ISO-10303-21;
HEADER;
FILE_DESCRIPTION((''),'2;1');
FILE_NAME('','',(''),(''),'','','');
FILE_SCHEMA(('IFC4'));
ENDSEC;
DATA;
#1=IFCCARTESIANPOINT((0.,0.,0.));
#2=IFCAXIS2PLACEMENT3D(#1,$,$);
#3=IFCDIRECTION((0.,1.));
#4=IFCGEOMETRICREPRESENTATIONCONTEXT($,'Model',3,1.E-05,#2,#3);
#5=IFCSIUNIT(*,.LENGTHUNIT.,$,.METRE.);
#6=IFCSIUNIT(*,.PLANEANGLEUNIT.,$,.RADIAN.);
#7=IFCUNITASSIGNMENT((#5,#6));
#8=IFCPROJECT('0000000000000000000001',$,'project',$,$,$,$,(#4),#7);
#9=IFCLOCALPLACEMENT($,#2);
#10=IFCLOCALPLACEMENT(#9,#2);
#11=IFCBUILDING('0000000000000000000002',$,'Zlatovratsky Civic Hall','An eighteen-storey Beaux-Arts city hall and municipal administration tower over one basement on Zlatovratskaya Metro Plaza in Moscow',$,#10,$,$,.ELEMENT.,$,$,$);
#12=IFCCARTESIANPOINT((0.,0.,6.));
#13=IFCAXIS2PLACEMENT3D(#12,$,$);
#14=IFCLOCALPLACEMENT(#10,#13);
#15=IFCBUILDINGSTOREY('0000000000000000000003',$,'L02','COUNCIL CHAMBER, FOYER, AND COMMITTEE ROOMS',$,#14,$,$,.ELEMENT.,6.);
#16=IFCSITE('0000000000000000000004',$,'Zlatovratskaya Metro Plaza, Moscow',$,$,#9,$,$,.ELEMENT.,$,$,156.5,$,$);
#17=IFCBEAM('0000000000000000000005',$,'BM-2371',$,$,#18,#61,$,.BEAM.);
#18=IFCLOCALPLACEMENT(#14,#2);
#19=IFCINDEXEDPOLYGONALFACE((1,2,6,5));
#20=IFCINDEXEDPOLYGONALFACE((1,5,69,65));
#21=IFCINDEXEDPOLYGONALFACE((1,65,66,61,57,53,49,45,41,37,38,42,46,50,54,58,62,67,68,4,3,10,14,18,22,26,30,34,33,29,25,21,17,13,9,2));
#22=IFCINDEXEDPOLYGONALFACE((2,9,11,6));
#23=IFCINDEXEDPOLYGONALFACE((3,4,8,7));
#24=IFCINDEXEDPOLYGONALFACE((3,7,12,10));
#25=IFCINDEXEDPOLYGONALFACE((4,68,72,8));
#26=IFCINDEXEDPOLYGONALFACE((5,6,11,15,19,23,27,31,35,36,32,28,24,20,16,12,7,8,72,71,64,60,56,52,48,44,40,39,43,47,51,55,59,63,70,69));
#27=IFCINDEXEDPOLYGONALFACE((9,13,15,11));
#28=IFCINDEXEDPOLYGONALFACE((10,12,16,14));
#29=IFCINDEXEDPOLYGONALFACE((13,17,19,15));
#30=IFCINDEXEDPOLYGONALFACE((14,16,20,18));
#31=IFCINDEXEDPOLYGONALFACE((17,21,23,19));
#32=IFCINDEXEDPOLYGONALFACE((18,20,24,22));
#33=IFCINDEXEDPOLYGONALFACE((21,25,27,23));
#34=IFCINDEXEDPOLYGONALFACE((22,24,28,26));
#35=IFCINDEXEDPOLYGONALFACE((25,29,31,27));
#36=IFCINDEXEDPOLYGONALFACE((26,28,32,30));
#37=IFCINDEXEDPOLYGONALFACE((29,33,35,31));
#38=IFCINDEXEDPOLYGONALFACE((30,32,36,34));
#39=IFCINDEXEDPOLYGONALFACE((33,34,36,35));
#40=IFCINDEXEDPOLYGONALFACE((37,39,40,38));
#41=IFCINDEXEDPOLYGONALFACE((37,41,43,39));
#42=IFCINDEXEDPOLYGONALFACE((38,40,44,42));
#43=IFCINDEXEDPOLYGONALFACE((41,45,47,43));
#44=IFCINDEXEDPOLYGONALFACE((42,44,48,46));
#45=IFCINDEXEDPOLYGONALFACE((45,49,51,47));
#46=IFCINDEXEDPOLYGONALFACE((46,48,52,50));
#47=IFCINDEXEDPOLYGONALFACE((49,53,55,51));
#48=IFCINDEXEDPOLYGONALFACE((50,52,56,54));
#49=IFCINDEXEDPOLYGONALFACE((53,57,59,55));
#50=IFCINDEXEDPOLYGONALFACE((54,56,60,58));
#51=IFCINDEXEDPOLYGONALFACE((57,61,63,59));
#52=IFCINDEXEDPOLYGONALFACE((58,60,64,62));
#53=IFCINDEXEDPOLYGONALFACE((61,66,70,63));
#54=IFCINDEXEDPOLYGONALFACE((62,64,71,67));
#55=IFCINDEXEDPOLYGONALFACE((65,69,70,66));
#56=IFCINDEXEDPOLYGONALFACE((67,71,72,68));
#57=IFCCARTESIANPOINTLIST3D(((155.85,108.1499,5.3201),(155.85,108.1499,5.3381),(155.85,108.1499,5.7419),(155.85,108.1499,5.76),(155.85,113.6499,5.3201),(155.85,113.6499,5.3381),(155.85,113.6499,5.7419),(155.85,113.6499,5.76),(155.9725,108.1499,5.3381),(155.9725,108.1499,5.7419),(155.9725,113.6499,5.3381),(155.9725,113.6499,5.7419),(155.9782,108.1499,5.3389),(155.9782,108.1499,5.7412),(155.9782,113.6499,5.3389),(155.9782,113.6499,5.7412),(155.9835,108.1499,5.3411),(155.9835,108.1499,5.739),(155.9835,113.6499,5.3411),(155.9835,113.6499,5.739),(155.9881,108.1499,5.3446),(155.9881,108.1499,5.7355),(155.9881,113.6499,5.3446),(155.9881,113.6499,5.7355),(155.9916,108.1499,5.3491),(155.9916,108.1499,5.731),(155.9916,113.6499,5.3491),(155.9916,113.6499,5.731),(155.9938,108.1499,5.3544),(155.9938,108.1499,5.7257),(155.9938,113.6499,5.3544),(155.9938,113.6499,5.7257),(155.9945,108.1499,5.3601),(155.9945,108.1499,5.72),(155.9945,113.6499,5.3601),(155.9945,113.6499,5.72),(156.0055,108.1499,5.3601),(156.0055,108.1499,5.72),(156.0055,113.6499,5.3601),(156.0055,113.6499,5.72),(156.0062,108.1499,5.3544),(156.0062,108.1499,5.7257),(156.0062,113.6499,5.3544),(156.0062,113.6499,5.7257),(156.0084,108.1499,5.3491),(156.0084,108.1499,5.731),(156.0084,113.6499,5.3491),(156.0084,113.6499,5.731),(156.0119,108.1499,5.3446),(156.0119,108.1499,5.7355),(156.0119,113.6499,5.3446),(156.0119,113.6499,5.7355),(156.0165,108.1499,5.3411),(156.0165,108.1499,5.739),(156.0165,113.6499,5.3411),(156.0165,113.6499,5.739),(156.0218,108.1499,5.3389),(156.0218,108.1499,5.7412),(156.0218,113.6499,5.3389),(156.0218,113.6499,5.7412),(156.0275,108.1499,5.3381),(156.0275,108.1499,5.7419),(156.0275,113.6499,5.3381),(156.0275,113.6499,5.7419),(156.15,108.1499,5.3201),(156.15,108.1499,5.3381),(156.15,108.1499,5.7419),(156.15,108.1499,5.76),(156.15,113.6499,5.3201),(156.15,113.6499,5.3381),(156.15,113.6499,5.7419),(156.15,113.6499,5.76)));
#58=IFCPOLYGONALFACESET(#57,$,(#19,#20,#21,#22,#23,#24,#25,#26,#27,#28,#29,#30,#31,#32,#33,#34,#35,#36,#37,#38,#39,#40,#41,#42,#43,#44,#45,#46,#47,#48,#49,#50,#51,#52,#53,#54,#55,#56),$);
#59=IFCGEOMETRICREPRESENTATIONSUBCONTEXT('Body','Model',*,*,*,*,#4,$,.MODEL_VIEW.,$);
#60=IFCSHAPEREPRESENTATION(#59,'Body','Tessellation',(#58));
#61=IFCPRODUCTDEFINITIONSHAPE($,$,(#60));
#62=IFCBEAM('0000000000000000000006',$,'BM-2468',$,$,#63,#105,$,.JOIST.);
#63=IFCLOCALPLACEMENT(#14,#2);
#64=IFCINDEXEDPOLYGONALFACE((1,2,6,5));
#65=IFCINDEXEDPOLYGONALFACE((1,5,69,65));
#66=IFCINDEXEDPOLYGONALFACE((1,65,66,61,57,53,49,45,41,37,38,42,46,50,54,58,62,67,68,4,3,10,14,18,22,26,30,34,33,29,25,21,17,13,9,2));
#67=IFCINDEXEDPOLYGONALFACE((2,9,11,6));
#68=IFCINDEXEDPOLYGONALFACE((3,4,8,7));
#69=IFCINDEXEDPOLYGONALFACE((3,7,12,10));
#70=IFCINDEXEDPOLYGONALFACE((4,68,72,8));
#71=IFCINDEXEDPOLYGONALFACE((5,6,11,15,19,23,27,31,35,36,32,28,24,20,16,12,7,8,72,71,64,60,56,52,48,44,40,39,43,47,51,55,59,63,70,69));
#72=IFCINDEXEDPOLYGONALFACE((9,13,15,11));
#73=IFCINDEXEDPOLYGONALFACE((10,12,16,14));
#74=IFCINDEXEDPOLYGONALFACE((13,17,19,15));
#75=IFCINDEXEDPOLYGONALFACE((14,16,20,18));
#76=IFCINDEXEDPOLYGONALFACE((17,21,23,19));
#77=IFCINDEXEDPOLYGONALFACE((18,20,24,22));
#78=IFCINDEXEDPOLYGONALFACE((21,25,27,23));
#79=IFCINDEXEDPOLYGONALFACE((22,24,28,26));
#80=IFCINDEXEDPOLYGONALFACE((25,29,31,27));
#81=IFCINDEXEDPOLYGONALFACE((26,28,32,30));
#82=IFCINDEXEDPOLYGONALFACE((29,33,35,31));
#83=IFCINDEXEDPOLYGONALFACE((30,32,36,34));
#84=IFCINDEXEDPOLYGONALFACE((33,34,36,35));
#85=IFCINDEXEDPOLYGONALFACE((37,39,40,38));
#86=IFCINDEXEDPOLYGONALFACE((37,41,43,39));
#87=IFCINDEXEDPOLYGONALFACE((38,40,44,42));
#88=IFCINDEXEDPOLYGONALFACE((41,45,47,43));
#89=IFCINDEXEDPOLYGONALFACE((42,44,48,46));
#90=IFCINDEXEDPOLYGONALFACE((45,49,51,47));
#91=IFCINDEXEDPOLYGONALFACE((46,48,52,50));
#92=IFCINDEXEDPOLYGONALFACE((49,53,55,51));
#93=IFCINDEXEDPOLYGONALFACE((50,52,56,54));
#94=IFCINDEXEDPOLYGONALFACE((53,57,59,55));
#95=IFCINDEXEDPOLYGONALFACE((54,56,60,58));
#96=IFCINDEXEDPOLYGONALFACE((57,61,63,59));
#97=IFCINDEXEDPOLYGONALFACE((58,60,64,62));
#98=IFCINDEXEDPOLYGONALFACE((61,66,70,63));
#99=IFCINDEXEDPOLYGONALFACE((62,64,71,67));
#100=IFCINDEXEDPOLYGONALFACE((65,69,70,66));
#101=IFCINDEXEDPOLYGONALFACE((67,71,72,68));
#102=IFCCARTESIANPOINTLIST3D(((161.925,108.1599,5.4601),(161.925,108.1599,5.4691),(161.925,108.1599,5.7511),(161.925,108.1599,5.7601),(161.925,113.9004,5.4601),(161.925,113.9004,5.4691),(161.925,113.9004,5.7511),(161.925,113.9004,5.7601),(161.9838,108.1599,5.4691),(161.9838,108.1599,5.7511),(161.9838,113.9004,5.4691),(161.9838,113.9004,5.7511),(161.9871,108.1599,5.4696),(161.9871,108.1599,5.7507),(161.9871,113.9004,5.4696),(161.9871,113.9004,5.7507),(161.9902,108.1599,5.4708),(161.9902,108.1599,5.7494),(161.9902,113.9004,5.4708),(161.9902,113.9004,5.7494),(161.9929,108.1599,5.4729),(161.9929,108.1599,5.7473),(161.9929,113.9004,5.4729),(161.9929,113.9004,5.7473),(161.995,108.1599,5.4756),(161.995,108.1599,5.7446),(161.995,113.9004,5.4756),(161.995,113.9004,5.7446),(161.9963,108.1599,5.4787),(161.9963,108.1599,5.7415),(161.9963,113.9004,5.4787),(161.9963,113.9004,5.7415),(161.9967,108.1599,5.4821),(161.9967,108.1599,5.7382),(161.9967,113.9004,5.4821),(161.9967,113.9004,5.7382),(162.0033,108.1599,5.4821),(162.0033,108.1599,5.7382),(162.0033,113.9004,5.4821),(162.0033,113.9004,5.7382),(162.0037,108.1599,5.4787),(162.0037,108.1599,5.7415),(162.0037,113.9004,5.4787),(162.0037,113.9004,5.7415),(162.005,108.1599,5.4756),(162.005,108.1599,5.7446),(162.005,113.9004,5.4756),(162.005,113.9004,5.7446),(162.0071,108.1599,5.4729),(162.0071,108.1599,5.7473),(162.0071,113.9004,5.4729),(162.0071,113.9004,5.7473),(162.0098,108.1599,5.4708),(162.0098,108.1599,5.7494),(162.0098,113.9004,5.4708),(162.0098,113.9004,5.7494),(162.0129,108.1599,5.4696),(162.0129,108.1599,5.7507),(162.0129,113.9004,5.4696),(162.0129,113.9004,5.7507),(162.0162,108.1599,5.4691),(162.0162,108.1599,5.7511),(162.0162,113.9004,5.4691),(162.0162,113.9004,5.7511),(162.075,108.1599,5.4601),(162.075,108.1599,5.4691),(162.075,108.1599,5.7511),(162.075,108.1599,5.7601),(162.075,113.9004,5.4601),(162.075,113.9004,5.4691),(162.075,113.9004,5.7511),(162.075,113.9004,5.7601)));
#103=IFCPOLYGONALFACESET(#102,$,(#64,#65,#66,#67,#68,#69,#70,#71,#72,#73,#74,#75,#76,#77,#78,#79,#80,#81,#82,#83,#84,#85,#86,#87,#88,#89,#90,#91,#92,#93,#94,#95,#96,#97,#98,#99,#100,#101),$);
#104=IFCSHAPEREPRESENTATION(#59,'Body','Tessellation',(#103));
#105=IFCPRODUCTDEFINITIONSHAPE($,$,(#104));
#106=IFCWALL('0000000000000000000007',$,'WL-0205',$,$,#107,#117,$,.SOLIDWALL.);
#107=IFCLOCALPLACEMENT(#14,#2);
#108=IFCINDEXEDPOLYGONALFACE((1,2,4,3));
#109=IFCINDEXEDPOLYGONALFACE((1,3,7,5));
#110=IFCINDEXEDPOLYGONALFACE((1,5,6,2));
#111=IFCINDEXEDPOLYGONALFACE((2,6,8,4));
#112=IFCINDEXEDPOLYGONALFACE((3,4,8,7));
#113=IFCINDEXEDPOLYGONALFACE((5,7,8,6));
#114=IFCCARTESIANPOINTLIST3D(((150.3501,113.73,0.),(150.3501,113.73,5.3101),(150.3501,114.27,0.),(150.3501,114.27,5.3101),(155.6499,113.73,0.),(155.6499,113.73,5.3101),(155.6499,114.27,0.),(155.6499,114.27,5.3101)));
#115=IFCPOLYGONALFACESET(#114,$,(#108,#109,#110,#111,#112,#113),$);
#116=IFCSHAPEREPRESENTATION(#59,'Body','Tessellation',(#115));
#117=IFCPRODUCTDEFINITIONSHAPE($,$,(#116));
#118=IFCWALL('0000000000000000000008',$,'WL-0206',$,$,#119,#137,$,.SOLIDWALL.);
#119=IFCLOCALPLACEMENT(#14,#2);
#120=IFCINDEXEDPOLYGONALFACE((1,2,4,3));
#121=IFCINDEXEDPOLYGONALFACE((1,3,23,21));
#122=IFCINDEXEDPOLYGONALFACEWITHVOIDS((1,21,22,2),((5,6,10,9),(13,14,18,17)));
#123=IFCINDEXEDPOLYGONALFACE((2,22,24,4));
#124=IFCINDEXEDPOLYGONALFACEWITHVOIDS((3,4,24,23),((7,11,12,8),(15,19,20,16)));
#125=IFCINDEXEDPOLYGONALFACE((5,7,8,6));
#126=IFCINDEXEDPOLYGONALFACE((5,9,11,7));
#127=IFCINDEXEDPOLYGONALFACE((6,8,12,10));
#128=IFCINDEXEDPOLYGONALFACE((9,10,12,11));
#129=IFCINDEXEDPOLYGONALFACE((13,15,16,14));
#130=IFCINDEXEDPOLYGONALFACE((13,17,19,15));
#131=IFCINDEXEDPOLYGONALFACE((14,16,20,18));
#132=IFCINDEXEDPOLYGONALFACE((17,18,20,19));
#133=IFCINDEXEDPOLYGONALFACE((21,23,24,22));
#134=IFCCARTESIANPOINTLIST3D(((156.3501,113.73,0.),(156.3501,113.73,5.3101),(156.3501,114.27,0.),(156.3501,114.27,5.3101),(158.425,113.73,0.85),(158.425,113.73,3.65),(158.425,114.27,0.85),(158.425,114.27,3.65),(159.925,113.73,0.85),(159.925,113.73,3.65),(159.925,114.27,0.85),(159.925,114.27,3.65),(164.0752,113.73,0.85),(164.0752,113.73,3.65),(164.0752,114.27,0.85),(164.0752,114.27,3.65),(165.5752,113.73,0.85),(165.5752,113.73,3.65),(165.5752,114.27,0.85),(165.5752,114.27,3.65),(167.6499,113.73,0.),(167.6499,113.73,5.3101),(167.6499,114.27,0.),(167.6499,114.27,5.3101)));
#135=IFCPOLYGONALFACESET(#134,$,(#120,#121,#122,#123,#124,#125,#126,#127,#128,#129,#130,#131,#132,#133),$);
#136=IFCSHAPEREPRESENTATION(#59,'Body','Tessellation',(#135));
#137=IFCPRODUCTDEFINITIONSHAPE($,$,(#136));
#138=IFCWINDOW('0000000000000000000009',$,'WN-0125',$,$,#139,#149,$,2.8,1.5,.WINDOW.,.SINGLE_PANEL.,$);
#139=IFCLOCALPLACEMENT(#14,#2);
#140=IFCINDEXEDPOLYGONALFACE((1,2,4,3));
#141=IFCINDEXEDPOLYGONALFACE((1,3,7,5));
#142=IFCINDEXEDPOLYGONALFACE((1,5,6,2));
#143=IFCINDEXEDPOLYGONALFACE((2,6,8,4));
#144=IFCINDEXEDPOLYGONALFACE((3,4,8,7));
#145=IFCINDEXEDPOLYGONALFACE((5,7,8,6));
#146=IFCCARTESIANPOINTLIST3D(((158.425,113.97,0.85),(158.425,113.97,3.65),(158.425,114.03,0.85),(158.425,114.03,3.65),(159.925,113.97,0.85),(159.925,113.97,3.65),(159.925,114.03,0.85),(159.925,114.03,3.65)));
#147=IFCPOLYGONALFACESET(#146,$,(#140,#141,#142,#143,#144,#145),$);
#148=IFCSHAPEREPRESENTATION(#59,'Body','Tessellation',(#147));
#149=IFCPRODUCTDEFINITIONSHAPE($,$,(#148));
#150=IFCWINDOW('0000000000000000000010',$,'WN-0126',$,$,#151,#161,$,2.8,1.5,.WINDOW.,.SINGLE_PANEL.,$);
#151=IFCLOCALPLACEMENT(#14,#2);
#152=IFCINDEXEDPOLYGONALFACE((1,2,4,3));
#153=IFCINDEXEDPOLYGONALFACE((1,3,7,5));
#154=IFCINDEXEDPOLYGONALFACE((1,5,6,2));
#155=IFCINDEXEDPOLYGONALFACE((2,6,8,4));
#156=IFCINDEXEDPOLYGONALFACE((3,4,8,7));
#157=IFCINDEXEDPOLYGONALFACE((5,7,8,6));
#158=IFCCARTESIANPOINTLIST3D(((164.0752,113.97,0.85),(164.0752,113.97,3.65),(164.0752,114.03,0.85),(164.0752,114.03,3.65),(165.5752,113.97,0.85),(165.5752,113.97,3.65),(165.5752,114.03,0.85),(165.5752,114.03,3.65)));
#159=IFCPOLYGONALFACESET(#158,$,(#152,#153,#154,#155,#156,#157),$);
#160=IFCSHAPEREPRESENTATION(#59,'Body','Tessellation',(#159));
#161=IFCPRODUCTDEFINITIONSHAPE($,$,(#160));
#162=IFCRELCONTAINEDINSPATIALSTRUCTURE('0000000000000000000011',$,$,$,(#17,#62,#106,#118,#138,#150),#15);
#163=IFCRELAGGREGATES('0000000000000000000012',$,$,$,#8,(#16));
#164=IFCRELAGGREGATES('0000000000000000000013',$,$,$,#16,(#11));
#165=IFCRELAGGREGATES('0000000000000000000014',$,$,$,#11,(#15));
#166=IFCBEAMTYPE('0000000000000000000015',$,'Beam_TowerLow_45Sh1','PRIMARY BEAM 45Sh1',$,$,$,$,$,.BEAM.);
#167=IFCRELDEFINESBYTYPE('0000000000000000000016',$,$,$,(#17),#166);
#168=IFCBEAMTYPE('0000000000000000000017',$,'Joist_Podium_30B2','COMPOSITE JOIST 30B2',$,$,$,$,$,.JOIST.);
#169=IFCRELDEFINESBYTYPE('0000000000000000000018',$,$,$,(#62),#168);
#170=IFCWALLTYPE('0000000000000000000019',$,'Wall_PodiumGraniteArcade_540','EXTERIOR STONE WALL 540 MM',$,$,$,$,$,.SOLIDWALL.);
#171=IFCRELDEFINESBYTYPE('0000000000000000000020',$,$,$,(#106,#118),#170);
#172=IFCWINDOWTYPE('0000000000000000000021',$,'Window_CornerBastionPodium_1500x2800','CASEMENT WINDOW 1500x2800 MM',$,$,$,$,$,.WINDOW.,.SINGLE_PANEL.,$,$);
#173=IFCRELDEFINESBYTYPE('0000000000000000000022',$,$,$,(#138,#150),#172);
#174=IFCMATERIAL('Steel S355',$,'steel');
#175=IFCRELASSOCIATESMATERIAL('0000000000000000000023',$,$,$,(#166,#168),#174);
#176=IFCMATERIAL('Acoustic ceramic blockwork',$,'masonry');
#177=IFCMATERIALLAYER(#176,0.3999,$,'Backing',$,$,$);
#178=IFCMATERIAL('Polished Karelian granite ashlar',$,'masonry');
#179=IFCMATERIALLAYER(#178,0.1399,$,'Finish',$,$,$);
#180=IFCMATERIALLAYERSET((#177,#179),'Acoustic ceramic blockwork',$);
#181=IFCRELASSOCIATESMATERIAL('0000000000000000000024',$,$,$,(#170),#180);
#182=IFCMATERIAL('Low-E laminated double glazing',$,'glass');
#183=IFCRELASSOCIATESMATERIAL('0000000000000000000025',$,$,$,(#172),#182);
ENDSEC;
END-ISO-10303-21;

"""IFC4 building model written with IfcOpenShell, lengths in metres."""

from ifc_helpers import new_model, si_unit, direction, frame, frame_2d, origin, origin_2d, place, context, subcontext, project, spatial, rectangle, i_section, extrude, material, layer, layer_set, material_profile, profile_set, type_object, element, fill, save


model = new_model("IFC4")

# Units and contexts
model_context = context("Model", 3, precision=1e-05, world=origin(), true_north=direction((0.0, 1.0)))
body_context = subcontext(model_context, "Body", "Model", "MODEL_VIEW")
ifc_project = project(units=[si_unit("LENGTHUNIT", "METRE"), si_unit("PLANEANGLEUNIT", "RADIAN")], contexts=[model_context])

# Site, building, storey
site_placement = place(None, origin())
site = spatial("IfcSite", under=ifc_project, at=site_placement, Name="Zlatovratskaya Metro Plaza, Moscow", CompositionType="ELEMENT", RefElevation=156.5)
building_placement = place(site_placement, origin())
building = spatial("IfcBuilding", under=site, at=building_placement, Name="Zlatovratsky Civic Hall", Description="An eighteen-storey Beaux-Arts city hall and municipal administration tower over one basement on Zlatovratskaya Metro Plaza in Moscow", CompositionType="ELEMENT")
storey_placement = place(building_placement, frame((0.0, 0.0, 6.0)))
storey = spatial("IfcBuildingStorey", under=building, at=storey_placement, Name="L02", Description="COUNCIL CHAMBER, FOYER, AND COMMITTEE ROOMS", CompositionType="ELEMENT", Elevation=6.0)

# Shared definitions
ifc_material_1 = material(Name="Steel S355", Category="steel")

# Beams
ifc_material_profile_1 = material_profile(ifc_material_1, i_section(OverallWidth=0.3, OverallDepth=0.4399, WebThickness=0.011, FlangeThickness=0.0181, FilletRadius=0.022, at=origin_2d()), Name="45Sh1")
ifc_profile_set_1 = profile_set([ifc_material_profile_1], Name="Steel S355")
beam_type_1 = type_object("IfcBeamType", Name="Beam_TowerLow_45Sh1", Description="PRIMARY BEAM 45Sh1", PredefinedType="BEAM", material=ifc_profile_set_1)
beam_1_placement = place(storey_placement, frame((156.0, 108.1499, 5.54), z_axis=(0.0, 1.0, 0.0), x_axis=(-1.0, 0.0, 0.0)))
element("IfcBeam", 1, at=beam_1_placement, inside=storey, type_object=beam_type_1, Name="BM-2371", PredefinedType="BEAM", context=body_context, shape_type="SweptSolid", body=[
    extrude(i_section(OverallWidth=0.3, OverallDepth=0.4399, WebThickness=0.011, FlangeThickness=0.0181, FilletRadius=0.022, at=origin_2d()), origin(), (0.0, 0.0, 1.0), 5.5),
])
ifc_material_profile_2 = material_profile(ifc_material_1, i_section(OverallWidth=0.1499, OverallDepth=0.3, WebThickness=0.0066, FlangeThickness=0.009, FilletRadius=0.0129, at=origin_2d()), Name="30B2")
ifc_profile_set_2 = profile_set([ifc_material_profile_2], Name="Steel S355")
beam_type_2 = type_object("IfcBeamType", Name="Joist_Podium_30B2", Description="COMPOSITE JOIST 30B2", PredefinedType="JOIST", material=ifc_profile_set_2)
beam_2_placement = place(storey_placement, frame((162.0, 108.1599, 5.6101), z_axis=(0.0, 1.0, 0.0), x_axis=(-1.0, 0.0, 0.0)))
element("IfcBeam", 2, at=beam_2_placement, inside=storey, type_object=beam_type_2, Name="BM-2468", PredefinedType="JOIST", context=body_context, shape_type="SweptSolid", body=[
    extrude(i_section(OverallWidth=0.1499, OverallDepth=0.3, WebThickness=0.0066, FlangeThickness=0.009, FilletRadius=0.0129, at=origin_2d()), origin(), (0.0, 0.0, 1.0), 5.7405),
])

# Wall
ifc_material_2 = material(Name="Acoustic ceramic blockwork", Category="masonry")
ifc_layer_1 = layer(ifc_material_2, 0.3999, Name="Backing")
ifc_material_3 = material(Name="Polished Karelian granite ashlar", Category="masonry")
ifc_layer_2 = layer(ifc_material_3, 0.1399, Name="Finish")
ifc_layer_set = layer_set([ifc_layer_1, ifc_layer_2], Name="Acoustic ceramic blockwork")
wall_type = type_object("IfcWallType", Name="Wall_PodiumGraniteArcade_540", Description="EXTERIOR STONE WALL 540 MM", PredefinedType="SOLIDWALL", material=ifc_layer_set)
wall_1_placement = place(storey_placement, frame((150.3501, 114.0, 0.0), z_axis=(0.0, 0.0, 1.0), x_axis=(1.0, 0.0, 0.0)))
element("IfcWall", 3, at=wall_1_placement, inside=storey, type_object=wall_type, Name="WL-0205", PredefinedType="SOLIDWALL", context=body_context, shape_type="SweptSolid", body=[
    extrude(rectangle(XDim=5.2998, YDim=0.54, at=frame_2d((2.6499, 0.0))), origin(), (0.0, 0.0, 1.0), 5.3101),
])

# Wall, openings, windows
wall_2_placement = place(storey_placement, frame((156.3501, 114.0, 0.0), z_axis=(0.0, 0.0, 1.0), x_axis=(1.0, 0.0, 0.0)))
wall_2 = element("IfcWall", 4, at=wall_2_placement, inside=storey, type_object=wall_type, Name="WL-0206", PredefinedType="SOLIDWALL", context=body_context, shape_type="SweptSolid", body=[
    extrude(rectangle(XDim=11.2998, YDim=0.54, at=frame_2d((5.6499, 0.0))), origin(), (0.0, 0.0, 1.0), 5.3101),
])
opening_1_placement = place(wall_2_placement, frame((2.075, 0.0, 0.8501)))
opening_1 = element("IfcOpeningElement", 5, at=opening_1_placement, cuts=wall_2, PredefinedType="OPENING", context=body_context, shape_type="SweptSolid", body=[
    extrude(rectangle(XDim=1.5, YDim=2.8, at=frame_2d((0.75, 1.3999))), frame((0.0, 0.2849, 0.0), z_axis=(0.0, -1.0, 0.0), x_axis=(1.0, 0.0, 0.0)), (0.0, 0.0, 1.0), 0.5698),
])
opening_2_placement = place(wall_2_placement, frame((7.7251, 0.0, 0.8501)))
opening_2 = element("IfcOpeningElement", 6, at=opening_2_placement, cuts=wall_2, PredefinedType="OPENING", context=body_context, shape_type="SweptSolid", body=[
    extrude(rectangle(XDim=1.5, YDim=2.8, at=frame_2d((0.75, 1.3999))), frame((0.0, 0.2849, 0.0), z_axis=(0.0, -1.0, 0.0), x_axis=(1.0, 0.0, 0.0)), (0.0, 0.0, 1.0), 0.5698),
])
ifc_material_4 = material(Name="Low-E laminated double glazing", Category="glass")
window_type_1 = type_object("IfcWindowType", Name="Window_CornerBastionPodium_1500x2800", Description="CASEMENT WINDOW 1500x2800 MM", PartitioningType="SINGLE_PANEL", PredefinedType="WINDOW", material=ifc_material_4)
window_1_placement = place(opening_1_placement, origin())
window_1 = element("IfcWindow", 7, at=window_1_placement, inside=storey, type_object=window_type_1, Name="WN-0125", OverallHeight=2.8, OverallWidth=1.5, PartitioningType="SINGLE_PANEL", PredefinedType="WINDOW", context=body_context, shape_type="SweptSolid", body=[
    extrude(rectangle(XDim=1.5, YDim=2.8, at=frame_2d((0.75, 1.3999))), frame((0.0, 0.03, 0.0), z_axis=(0.0, -1.0, 0.0), x_axis=(1.0, 0.0, 0.0)), (0.0, 0.0, 1.0), 0.0601),
])
fill(opening_1, window_1)
window_2_placement = place(opening_2_placement, origin())
window_2 = element("IfcWindow", 8, at=window_2_placement, inside=storey, type_object=window_type_1, Name="WN-0126", OverallHeight=2.8, OverallWidth=1.5, PartitioningType="SINGLE_PANEL", PredefinedType="WINDOW", context=body_context, shape_type="SweptSolid", body=[
    extrude(rectangle(XDim=1.5, YDim=2.8, at=frame_2d((0.75, 1.3999))), frame((0.0, 0.03, 0.0), z_axis=(0.0, -1.0, 0.0), x_axis=(1.0, 0.0, 0.0)), (0.0, 0.0, 1.0), 0.0601),
])
fill(opening_2, window_2)

save(model, "model.ifc")
